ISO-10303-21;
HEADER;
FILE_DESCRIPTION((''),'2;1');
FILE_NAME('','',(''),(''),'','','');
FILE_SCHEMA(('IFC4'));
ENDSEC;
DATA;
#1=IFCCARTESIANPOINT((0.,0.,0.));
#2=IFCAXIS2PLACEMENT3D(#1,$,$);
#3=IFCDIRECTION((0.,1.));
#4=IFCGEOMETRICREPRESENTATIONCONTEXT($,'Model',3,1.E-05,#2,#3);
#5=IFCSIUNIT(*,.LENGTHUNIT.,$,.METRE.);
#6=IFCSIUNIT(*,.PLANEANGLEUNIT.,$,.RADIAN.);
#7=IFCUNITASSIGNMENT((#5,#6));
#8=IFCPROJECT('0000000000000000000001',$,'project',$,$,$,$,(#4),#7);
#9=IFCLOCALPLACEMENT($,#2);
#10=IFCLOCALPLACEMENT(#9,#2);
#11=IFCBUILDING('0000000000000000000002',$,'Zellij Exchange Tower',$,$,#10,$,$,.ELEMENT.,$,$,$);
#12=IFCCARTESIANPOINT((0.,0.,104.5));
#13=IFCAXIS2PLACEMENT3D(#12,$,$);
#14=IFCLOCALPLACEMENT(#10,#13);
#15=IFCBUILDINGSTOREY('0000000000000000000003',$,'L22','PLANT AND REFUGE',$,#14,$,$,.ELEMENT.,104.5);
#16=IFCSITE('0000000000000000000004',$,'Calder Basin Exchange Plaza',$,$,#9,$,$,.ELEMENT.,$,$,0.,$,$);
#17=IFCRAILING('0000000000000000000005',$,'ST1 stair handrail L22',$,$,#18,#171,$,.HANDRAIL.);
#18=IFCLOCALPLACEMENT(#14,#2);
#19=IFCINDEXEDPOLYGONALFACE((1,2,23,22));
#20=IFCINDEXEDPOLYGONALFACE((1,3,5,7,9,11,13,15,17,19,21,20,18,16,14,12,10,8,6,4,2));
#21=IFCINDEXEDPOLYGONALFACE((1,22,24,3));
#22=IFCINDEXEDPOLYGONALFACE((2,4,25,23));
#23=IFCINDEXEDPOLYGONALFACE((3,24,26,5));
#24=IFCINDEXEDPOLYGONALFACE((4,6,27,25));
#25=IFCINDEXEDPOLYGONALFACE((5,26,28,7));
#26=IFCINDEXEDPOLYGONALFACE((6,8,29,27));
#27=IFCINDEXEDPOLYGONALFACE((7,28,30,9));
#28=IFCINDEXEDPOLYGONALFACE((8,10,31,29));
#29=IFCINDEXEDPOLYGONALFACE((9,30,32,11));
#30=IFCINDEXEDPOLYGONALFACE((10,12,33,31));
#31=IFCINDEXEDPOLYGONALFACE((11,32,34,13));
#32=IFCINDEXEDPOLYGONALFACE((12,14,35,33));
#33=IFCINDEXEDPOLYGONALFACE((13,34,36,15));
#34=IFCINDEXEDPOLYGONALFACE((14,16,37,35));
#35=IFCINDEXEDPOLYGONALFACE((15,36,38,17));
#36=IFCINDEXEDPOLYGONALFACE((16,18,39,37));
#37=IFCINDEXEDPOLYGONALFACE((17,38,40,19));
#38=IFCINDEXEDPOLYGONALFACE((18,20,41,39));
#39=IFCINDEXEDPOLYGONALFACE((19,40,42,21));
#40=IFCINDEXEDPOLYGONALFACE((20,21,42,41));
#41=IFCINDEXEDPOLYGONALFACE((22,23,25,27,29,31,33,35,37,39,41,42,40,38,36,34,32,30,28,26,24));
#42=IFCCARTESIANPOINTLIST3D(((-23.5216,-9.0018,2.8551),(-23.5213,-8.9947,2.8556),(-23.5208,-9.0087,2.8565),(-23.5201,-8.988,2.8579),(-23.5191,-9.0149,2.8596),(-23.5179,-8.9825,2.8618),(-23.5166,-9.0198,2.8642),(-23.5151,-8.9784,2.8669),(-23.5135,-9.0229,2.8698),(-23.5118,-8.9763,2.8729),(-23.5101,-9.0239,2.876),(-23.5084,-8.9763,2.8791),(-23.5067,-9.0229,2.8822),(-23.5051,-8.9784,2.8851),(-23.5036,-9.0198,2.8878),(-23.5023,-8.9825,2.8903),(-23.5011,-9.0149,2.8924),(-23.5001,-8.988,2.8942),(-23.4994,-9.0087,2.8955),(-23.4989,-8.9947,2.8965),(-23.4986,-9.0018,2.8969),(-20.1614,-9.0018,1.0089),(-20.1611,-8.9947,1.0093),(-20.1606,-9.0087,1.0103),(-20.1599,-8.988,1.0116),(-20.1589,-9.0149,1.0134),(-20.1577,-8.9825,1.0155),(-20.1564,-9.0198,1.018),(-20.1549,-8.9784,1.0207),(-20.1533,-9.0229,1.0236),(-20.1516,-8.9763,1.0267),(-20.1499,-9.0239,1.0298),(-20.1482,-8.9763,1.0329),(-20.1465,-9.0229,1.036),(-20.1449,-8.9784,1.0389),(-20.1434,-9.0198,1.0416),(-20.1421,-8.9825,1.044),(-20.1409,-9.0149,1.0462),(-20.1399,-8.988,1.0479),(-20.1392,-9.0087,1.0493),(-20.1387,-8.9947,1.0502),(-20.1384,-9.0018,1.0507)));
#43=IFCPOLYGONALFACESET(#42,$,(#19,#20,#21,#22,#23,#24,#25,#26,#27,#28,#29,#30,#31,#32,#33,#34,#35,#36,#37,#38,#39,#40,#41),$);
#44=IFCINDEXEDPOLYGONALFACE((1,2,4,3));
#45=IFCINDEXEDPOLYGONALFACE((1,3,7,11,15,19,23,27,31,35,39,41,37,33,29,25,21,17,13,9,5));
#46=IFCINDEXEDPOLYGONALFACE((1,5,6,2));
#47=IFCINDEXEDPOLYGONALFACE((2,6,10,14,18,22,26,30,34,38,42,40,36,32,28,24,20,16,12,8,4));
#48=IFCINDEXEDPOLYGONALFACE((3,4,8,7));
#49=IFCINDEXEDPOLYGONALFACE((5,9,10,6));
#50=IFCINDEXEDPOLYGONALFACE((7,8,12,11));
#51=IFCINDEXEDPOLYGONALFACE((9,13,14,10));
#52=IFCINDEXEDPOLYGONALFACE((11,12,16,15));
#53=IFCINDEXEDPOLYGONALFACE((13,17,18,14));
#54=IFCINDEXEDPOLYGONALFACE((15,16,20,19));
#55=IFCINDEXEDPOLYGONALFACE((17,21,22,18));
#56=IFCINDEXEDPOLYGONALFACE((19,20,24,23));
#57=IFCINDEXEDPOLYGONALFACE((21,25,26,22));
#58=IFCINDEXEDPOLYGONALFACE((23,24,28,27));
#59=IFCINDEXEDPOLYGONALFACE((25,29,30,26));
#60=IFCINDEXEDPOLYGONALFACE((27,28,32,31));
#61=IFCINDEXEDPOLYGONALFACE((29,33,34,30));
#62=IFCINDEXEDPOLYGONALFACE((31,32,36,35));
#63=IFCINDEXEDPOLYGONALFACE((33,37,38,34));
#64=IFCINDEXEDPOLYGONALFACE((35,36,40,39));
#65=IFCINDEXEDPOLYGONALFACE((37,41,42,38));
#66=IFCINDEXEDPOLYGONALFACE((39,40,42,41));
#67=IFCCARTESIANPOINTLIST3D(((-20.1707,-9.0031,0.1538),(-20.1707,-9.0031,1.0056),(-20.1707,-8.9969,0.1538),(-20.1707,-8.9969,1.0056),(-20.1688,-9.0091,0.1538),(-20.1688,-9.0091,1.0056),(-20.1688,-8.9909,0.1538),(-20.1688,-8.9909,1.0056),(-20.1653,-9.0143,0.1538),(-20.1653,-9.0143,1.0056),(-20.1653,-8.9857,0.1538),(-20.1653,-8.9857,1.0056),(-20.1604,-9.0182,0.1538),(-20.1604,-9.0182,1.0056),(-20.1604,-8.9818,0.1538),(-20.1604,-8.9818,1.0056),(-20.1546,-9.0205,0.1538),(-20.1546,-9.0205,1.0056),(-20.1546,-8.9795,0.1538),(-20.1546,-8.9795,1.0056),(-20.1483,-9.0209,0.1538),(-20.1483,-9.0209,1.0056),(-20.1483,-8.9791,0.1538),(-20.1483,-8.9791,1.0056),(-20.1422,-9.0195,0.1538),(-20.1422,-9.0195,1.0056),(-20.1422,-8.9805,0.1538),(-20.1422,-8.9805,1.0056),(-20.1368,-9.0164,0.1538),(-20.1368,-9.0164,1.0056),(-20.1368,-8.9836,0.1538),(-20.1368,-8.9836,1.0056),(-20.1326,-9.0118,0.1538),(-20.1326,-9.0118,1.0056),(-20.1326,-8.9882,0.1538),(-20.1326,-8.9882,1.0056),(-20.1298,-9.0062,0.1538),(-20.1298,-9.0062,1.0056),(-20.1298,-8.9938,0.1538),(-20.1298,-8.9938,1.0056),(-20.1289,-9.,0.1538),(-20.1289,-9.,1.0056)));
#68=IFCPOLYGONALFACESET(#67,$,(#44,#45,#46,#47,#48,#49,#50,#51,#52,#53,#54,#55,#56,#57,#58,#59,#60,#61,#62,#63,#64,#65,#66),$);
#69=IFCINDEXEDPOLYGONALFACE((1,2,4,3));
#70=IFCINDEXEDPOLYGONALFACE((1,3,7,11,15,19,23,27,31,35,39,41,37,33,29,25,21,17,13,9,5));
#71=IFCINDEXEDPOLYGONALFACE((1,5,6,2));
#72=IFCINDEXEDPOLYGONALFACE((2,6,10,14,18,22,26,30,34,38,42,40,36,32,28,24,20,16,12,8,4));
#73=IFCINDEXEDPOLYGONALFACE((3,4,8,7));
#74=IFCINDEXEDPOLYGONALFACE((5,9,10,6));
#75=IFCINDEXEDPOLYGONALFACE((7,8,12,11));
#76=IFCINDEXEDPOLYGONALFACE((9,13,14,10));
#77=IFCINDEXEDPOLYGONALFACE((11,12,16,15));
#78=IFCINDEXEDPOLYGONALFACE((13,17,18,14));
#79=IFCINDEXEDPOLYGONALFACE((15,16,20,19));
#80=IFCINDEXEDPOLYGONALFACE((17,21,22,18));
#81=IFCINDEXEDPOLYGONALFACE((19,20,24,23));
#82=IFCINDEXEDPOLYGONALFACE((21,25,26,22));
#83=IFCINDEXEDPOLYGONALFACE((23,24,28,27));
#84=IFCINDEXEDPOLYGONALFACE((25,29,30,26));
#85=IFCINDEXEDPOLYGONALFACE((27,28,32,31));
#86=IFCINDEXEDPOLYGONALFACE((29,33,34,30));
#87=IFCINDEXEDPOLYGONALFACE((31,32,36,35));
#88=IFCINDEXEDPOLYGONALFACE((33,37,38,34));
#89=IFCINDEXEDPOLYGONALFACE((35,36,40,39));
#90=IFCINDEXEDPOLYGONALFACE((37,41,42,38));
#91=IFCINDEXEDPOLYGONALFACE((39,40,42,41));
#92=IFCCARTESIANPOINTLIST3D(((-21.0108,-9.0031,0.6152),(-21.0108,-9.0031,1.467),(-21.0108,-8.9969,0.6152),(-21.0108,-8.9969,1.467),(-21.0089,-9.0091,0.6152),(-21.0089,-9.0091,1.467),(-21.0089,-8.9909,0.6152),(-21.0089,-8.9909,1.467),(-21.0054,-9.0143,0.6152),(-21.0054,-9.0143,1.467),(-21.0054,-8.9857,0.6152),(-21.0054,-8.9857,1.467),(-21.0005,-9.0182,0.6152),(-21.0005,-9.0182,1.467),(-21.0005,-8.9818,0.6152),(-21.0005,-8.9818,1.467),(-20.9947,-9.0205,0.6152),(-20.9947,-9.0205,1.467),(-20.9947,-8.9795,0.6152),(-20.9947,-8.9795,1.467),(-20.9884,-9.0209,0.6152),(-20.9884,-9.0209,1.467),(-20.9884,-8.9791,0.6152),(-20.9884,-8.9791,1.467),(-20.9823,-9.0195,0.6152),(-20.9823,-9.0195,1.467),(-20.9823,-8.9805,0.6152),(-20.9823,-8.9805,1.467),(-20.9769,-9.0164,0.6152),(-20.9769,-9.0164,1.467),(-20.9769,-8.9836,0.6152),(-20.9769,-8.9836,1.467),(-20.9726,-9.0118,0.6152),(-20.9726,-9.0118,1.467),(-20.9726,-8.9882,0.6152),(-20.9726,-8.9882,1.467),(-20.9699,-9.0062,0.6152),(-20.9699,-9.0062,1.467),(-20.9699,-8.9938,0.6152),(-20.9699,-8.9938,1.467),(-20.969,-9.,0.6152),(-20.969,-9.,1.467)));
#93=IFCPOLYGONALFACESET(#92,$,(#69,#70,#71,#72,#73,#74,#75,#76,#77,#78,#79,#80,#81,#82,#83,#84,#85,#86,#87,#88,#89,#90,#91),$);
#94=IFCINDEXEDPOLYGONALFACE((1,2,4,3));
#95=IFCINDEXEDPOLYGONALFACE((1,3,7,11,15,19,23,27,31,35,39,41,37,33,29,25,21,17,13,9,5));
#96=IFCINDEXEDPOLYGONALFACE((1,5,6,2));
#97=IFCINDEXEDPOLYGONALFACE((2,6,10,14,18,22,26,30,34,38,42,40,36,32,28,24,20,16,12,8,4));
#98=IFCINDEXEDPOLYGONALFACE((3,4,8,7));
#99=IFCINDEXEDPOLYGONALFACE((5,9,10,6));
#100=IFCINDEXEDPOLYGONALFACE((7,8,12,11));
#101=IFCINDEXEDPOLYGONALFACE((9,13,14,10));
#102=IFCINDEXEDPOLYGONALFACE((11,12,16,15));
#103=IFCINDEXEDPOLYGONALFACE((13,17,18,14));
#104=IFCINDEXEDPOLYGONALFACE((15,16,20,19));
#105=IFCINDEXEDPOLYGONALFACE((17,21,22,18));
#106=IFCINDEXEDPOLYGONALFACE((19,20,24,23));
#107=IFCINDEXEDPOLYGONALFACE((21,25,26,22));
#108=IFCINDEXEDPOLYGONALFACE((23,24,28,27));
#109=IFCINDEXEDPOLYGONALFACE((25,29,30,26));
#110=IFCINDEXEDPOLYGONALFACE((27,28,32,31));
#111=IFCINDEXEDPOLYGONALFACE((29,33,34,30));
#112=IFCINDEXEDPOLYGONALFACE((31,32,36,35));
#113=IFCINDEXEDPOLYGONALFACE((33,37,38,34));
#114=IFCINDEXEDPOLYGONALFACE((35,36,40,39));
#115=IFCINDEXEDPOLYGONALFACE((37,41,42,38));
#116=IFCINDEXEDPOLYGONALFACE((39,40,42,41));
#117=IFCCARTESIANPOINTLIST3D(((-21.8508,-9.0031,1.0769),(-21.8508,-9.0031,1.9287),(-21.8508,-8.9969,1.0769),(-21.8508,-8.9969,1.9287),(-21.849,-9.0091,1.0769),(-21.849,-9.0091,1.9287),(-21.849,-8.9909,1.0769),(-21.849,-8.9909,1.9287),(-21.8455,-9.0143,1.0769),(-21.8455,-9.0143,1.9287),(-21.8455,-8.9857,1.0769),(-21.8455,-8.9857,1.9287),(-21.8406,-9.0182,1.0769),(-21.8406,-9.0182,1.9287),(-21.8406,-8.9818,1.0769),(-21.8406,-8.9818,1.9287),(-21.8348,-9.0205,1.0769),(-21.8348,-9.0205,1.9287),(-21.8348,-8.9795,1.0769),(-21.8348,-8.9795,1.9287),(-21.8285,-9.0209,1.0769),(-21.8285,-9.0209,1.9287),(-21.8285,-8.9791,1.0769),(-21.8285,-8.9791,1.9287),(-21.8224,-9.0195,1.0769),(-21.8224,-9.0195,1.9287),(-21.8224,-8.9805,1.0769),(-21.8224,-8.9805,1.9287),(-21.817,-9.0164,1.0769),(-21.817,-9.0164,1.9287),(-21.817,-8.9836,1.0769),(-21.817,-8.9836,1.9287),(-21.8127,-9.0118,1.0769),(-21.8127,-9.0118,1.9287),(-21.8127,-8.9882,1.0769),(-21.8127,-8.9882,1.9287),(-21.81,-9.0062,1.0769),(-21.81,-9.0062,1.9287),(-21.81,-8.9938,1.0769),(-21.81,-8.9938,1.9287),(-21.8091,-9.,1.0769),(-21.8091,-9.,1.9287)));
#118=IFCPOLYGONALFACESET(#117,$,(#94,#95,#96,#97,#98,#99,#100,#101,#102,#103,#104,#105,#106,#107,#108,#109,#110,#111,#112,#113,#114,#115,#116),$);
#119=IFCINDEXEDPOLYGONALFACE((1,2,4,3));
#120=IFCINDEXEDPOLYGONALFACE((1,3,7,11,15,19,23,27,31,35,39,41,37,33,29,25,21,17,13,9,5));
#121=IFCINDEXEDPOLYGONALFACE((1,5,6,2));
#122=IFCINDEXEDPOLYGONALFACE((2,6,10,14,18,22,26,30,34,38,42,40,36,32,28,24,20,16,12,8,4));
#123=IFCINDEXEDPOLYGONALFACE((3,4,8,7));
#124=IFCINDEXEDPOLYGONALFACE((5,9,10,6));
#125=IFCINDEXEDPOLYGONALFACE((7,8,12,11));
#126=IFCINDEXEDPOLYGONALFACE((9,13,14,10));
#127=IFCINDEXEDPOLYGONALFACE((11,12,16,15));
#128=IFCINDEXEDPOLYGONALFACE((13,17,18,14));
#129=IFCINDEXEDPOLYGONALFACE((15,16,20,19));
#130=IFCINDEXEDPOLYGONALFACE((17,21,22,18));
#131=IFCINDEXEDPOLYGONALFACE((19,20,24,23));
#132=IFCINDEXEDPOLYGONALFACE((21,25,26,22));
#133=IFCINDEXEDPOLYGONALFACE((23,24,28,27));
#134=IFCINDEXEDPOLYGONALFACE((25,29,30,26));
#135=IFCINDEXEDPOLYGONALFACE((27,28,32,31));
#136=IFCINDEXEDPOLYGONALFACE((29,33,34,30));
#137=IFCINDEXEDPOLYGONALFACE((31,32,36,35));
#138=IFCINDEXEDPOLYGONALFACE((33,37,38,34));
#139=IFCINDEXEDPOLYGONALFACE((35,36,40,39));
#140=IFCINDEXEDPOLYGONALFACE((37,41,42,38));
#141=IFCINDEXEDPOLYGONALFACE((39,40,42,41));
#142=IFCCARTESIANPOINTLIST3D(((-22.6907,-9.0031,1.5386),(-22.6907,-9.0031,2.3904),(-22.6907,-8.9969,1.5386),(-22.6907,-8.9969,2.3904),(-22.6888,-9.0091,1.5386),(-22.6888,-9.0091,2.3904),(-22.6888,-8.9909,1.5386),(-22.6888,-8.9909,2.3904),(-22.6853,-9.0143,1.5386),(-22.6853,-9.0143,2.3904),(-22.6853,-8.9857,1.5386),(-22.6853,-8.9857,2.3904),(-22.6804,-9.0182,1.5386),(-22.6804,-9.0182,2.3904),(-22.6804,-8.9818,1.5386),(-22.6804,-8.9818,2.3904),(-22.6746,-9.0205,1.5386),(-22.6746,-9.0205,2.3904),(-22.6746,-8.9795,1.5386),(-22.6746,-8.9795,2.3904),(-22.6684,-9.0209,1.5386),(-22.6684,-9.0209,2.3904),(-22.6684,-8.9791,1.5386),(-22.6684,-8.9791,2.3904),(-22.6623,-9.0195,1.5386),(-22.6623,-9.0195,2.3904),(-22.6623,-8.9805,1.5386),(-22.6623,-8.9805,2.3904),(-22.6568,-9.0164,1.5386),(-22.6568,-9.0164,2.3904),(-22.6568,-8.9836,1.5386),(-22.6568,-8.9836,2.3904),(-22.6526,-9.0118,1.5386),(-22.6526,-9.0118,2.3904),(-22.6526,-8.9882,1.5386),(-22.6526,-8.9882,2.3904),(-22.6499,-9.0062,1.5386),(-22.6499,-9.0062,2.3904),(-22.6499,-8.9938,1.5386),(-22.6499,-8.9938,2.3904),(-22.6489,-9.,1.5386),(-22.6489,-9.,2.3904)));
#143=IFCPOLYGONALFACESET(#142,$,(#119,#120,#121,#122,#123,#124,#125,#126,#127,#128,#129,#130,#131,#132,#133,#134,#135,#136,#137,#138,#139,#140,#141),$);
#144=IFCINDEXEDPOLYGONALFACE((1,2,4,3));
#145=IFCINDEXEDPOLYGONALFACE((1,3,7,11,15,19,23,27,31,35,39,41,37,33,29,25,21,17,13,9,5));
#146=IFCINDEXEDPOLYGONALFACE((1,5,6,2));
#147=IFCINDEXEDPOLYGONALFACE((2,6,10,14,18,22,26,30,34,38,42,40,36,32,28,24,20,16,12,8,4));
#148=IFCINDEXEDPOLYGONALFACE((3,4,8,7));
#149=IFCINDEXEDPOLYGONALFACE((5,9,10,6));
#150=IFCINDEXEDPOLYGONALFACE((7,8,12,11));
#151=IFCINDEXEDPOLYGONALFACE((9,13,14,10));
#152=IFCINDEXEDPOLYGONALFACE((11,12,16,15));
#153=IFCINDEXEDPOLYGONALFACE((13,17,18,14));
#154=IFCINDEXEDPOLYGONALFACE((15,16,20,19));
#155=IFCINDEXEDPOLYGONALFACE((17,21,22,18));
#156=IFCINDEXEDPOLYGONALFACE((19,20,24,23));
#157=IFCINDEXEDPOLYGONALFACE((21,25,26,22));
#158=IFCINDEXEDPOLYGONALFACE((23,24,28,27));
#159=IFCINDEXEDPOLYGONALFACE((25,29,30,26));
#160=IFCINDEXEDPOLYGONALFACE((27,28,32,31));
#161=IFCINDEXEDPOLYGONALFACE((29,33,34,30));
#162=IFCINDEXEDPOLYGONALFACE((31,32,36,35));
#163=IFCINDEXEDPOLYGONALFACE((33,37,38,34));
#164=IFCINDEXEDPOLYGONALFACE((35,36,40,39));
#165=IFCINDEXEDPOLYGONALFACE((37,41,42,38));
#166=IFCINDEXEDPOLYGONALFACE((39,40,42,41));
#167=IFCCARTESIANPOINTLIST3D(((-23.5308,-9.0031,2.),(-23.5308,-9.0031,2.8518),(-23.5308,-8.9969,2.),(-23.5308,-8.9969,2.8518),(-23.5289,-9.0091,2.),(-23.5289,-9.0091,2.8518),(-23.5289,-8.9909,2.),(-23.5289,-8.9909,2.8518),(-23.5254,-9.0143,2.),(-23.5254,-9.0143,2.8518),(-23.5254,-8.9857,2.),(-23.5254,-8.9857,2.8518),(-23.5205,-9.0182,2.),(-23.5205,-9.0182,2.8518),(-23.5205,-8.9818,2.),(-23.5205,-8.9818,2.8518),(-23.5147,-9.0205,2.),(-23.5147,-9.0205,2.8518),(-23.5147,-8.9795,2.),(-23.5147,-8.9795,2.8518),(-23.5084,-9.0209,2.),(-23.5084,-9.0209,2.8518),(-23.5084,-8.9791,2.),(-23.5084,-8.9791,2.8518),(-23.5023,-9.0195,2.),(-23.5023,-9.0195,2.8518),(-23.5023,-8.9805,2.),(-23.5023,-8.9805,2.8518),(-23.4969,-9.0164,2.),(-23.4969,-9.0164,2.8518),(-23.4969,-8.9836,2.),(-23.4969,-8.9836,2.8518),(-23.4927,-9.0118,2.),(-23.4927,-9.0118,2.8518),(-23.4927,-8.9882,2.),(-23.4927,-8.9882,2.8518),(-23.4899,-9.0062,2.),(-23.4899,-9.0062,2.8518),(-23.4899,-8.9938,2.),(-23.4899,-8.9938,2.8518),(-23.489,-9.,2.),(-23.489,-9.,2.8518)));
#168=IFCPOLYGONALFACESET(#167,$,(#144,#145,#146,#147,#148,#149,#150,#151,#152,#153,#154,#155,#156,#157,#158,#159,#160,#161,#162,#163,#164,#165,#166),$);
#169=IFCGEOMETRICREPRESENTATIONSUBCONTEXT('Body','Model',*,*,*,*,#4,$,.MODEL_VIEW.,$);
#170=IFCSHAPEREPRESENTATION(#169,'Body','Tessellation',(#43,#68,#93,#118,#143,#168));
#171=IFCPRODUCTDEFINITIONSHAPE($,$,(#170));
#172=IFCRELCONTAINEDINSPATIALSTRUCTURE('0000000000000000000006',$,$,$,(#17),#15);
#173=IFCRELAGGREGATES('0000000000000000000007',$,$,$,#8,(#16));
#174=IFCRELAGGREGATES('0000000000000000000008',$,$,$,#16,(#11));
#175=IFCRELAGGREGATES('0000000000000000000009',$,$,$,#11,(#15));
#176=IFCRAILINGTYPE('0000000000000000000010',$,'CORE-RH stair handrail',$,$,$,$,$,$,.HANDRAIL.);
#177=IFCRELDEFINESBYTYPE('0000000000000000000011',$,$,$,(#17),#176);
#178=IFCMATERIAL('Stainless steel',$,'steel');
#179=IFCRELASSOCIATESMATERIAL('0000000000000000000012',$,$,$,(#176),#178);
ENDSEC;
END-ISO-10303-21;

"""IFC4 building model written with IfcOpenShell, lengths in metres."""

from ifc_helpers import new_model, si_unit, direction, frame, origin, origin_2d, place, context, subcontext, project, spatial, circle, extrude, material, type_object, element, save


model = new_model("IFC4")

# Units and contexts
model_context = context("Model", 3, precision=1e-05, world=origin(), true_north=direction((0.0, 1.0)))
body_context = subcontext(model_context, "Body", "Model", "MODEL_VIEW")
ifc_project = project(units=[si_unit("LENGTHUNIT", "METRE"), si_unit("PLANEANGLEUNIT", "RADIAN")], contexts=[model_context])

# Site, building, storey
site_placement = place(None, origin())
site = spatial("IfcSite", under=ifc_project, at=site_placement, Name="Calder Basin Exchange Plaza", CompositionType="ELEMENT", RefElevation=0.0)
building_placement = place(site_placement, origin())
building = spatial("IfcBuilding", under=site, at=building_placement, Name="Zellij Exchange Tower", CompositionType="ELEMENT")
storey_placement = place(building_placement, frame((0.0, 0.0, 104.5)))
storey = spatial("IfcBuildingStorey", under=building, at=storey_placement, Name="L22", Description="PLANT AND REFUGE", CompositionType="ELEMENT", Elevation=104.5)

# Railing
ifc_material_1 = material(Name="Stainless steel", Category="steel")
railing_type_1 = type_object("IfcRailingType", Name="CORE-RH stair handrail", PredefinedType="HANDRAIL", material=ifc_material_1)
for number, where, name in (
    (1, (-20.1499, -9.0, 0.1538), "ST1 stair handrail L22"),
):
    element("IfcRailing", number, at=place(storey_placement, frame(where)), inside=storey, type_object=railing_type_1, Name=name, PredefinedType="HANDRAIL", context=body_context, shape_type="SweptSolid", body=[
        extrude(circle(Radius=0.0239, at=origin_2d()), frame((0.0, 0.0, 0.876), z_axis=(-0.876422, 0.0, 0.481545), x_axis=(0.0, -1.0, 0.0)), (0.0, 0.0, 1.0), 3.834),
        extrude(circle(Radius=0.021, at=origin_2d()), origin(), (0.0, 0.0, 1.0), 0.8518),
        extrude(circle(Radius=0.021, at=origin_2d()), frame((-0.8401, 0.0, 0.4614)), (0.0, 0.0, 1.0), 0.8518),
        extrude(circle(Radius=0.021, at=origin_2d()), frame((-1.6802, 0.0, 0.9231)), (0.0, 0.0, 1.0), 0.8518),
        extrude(circle(Radius=0.021, at=origin_2d()), frame((-2.52, 0.0, 1.3848)), (0.0, 0.0, 1.0), 0.8518),
        extrude(circle(Radius=0.021, at=origin_2d()), frame((-3.3601, 0.0, 1.8462)), (0.0, 0.0, 1.0), 0.8518),
    ])

save(model, "model.ifc")
